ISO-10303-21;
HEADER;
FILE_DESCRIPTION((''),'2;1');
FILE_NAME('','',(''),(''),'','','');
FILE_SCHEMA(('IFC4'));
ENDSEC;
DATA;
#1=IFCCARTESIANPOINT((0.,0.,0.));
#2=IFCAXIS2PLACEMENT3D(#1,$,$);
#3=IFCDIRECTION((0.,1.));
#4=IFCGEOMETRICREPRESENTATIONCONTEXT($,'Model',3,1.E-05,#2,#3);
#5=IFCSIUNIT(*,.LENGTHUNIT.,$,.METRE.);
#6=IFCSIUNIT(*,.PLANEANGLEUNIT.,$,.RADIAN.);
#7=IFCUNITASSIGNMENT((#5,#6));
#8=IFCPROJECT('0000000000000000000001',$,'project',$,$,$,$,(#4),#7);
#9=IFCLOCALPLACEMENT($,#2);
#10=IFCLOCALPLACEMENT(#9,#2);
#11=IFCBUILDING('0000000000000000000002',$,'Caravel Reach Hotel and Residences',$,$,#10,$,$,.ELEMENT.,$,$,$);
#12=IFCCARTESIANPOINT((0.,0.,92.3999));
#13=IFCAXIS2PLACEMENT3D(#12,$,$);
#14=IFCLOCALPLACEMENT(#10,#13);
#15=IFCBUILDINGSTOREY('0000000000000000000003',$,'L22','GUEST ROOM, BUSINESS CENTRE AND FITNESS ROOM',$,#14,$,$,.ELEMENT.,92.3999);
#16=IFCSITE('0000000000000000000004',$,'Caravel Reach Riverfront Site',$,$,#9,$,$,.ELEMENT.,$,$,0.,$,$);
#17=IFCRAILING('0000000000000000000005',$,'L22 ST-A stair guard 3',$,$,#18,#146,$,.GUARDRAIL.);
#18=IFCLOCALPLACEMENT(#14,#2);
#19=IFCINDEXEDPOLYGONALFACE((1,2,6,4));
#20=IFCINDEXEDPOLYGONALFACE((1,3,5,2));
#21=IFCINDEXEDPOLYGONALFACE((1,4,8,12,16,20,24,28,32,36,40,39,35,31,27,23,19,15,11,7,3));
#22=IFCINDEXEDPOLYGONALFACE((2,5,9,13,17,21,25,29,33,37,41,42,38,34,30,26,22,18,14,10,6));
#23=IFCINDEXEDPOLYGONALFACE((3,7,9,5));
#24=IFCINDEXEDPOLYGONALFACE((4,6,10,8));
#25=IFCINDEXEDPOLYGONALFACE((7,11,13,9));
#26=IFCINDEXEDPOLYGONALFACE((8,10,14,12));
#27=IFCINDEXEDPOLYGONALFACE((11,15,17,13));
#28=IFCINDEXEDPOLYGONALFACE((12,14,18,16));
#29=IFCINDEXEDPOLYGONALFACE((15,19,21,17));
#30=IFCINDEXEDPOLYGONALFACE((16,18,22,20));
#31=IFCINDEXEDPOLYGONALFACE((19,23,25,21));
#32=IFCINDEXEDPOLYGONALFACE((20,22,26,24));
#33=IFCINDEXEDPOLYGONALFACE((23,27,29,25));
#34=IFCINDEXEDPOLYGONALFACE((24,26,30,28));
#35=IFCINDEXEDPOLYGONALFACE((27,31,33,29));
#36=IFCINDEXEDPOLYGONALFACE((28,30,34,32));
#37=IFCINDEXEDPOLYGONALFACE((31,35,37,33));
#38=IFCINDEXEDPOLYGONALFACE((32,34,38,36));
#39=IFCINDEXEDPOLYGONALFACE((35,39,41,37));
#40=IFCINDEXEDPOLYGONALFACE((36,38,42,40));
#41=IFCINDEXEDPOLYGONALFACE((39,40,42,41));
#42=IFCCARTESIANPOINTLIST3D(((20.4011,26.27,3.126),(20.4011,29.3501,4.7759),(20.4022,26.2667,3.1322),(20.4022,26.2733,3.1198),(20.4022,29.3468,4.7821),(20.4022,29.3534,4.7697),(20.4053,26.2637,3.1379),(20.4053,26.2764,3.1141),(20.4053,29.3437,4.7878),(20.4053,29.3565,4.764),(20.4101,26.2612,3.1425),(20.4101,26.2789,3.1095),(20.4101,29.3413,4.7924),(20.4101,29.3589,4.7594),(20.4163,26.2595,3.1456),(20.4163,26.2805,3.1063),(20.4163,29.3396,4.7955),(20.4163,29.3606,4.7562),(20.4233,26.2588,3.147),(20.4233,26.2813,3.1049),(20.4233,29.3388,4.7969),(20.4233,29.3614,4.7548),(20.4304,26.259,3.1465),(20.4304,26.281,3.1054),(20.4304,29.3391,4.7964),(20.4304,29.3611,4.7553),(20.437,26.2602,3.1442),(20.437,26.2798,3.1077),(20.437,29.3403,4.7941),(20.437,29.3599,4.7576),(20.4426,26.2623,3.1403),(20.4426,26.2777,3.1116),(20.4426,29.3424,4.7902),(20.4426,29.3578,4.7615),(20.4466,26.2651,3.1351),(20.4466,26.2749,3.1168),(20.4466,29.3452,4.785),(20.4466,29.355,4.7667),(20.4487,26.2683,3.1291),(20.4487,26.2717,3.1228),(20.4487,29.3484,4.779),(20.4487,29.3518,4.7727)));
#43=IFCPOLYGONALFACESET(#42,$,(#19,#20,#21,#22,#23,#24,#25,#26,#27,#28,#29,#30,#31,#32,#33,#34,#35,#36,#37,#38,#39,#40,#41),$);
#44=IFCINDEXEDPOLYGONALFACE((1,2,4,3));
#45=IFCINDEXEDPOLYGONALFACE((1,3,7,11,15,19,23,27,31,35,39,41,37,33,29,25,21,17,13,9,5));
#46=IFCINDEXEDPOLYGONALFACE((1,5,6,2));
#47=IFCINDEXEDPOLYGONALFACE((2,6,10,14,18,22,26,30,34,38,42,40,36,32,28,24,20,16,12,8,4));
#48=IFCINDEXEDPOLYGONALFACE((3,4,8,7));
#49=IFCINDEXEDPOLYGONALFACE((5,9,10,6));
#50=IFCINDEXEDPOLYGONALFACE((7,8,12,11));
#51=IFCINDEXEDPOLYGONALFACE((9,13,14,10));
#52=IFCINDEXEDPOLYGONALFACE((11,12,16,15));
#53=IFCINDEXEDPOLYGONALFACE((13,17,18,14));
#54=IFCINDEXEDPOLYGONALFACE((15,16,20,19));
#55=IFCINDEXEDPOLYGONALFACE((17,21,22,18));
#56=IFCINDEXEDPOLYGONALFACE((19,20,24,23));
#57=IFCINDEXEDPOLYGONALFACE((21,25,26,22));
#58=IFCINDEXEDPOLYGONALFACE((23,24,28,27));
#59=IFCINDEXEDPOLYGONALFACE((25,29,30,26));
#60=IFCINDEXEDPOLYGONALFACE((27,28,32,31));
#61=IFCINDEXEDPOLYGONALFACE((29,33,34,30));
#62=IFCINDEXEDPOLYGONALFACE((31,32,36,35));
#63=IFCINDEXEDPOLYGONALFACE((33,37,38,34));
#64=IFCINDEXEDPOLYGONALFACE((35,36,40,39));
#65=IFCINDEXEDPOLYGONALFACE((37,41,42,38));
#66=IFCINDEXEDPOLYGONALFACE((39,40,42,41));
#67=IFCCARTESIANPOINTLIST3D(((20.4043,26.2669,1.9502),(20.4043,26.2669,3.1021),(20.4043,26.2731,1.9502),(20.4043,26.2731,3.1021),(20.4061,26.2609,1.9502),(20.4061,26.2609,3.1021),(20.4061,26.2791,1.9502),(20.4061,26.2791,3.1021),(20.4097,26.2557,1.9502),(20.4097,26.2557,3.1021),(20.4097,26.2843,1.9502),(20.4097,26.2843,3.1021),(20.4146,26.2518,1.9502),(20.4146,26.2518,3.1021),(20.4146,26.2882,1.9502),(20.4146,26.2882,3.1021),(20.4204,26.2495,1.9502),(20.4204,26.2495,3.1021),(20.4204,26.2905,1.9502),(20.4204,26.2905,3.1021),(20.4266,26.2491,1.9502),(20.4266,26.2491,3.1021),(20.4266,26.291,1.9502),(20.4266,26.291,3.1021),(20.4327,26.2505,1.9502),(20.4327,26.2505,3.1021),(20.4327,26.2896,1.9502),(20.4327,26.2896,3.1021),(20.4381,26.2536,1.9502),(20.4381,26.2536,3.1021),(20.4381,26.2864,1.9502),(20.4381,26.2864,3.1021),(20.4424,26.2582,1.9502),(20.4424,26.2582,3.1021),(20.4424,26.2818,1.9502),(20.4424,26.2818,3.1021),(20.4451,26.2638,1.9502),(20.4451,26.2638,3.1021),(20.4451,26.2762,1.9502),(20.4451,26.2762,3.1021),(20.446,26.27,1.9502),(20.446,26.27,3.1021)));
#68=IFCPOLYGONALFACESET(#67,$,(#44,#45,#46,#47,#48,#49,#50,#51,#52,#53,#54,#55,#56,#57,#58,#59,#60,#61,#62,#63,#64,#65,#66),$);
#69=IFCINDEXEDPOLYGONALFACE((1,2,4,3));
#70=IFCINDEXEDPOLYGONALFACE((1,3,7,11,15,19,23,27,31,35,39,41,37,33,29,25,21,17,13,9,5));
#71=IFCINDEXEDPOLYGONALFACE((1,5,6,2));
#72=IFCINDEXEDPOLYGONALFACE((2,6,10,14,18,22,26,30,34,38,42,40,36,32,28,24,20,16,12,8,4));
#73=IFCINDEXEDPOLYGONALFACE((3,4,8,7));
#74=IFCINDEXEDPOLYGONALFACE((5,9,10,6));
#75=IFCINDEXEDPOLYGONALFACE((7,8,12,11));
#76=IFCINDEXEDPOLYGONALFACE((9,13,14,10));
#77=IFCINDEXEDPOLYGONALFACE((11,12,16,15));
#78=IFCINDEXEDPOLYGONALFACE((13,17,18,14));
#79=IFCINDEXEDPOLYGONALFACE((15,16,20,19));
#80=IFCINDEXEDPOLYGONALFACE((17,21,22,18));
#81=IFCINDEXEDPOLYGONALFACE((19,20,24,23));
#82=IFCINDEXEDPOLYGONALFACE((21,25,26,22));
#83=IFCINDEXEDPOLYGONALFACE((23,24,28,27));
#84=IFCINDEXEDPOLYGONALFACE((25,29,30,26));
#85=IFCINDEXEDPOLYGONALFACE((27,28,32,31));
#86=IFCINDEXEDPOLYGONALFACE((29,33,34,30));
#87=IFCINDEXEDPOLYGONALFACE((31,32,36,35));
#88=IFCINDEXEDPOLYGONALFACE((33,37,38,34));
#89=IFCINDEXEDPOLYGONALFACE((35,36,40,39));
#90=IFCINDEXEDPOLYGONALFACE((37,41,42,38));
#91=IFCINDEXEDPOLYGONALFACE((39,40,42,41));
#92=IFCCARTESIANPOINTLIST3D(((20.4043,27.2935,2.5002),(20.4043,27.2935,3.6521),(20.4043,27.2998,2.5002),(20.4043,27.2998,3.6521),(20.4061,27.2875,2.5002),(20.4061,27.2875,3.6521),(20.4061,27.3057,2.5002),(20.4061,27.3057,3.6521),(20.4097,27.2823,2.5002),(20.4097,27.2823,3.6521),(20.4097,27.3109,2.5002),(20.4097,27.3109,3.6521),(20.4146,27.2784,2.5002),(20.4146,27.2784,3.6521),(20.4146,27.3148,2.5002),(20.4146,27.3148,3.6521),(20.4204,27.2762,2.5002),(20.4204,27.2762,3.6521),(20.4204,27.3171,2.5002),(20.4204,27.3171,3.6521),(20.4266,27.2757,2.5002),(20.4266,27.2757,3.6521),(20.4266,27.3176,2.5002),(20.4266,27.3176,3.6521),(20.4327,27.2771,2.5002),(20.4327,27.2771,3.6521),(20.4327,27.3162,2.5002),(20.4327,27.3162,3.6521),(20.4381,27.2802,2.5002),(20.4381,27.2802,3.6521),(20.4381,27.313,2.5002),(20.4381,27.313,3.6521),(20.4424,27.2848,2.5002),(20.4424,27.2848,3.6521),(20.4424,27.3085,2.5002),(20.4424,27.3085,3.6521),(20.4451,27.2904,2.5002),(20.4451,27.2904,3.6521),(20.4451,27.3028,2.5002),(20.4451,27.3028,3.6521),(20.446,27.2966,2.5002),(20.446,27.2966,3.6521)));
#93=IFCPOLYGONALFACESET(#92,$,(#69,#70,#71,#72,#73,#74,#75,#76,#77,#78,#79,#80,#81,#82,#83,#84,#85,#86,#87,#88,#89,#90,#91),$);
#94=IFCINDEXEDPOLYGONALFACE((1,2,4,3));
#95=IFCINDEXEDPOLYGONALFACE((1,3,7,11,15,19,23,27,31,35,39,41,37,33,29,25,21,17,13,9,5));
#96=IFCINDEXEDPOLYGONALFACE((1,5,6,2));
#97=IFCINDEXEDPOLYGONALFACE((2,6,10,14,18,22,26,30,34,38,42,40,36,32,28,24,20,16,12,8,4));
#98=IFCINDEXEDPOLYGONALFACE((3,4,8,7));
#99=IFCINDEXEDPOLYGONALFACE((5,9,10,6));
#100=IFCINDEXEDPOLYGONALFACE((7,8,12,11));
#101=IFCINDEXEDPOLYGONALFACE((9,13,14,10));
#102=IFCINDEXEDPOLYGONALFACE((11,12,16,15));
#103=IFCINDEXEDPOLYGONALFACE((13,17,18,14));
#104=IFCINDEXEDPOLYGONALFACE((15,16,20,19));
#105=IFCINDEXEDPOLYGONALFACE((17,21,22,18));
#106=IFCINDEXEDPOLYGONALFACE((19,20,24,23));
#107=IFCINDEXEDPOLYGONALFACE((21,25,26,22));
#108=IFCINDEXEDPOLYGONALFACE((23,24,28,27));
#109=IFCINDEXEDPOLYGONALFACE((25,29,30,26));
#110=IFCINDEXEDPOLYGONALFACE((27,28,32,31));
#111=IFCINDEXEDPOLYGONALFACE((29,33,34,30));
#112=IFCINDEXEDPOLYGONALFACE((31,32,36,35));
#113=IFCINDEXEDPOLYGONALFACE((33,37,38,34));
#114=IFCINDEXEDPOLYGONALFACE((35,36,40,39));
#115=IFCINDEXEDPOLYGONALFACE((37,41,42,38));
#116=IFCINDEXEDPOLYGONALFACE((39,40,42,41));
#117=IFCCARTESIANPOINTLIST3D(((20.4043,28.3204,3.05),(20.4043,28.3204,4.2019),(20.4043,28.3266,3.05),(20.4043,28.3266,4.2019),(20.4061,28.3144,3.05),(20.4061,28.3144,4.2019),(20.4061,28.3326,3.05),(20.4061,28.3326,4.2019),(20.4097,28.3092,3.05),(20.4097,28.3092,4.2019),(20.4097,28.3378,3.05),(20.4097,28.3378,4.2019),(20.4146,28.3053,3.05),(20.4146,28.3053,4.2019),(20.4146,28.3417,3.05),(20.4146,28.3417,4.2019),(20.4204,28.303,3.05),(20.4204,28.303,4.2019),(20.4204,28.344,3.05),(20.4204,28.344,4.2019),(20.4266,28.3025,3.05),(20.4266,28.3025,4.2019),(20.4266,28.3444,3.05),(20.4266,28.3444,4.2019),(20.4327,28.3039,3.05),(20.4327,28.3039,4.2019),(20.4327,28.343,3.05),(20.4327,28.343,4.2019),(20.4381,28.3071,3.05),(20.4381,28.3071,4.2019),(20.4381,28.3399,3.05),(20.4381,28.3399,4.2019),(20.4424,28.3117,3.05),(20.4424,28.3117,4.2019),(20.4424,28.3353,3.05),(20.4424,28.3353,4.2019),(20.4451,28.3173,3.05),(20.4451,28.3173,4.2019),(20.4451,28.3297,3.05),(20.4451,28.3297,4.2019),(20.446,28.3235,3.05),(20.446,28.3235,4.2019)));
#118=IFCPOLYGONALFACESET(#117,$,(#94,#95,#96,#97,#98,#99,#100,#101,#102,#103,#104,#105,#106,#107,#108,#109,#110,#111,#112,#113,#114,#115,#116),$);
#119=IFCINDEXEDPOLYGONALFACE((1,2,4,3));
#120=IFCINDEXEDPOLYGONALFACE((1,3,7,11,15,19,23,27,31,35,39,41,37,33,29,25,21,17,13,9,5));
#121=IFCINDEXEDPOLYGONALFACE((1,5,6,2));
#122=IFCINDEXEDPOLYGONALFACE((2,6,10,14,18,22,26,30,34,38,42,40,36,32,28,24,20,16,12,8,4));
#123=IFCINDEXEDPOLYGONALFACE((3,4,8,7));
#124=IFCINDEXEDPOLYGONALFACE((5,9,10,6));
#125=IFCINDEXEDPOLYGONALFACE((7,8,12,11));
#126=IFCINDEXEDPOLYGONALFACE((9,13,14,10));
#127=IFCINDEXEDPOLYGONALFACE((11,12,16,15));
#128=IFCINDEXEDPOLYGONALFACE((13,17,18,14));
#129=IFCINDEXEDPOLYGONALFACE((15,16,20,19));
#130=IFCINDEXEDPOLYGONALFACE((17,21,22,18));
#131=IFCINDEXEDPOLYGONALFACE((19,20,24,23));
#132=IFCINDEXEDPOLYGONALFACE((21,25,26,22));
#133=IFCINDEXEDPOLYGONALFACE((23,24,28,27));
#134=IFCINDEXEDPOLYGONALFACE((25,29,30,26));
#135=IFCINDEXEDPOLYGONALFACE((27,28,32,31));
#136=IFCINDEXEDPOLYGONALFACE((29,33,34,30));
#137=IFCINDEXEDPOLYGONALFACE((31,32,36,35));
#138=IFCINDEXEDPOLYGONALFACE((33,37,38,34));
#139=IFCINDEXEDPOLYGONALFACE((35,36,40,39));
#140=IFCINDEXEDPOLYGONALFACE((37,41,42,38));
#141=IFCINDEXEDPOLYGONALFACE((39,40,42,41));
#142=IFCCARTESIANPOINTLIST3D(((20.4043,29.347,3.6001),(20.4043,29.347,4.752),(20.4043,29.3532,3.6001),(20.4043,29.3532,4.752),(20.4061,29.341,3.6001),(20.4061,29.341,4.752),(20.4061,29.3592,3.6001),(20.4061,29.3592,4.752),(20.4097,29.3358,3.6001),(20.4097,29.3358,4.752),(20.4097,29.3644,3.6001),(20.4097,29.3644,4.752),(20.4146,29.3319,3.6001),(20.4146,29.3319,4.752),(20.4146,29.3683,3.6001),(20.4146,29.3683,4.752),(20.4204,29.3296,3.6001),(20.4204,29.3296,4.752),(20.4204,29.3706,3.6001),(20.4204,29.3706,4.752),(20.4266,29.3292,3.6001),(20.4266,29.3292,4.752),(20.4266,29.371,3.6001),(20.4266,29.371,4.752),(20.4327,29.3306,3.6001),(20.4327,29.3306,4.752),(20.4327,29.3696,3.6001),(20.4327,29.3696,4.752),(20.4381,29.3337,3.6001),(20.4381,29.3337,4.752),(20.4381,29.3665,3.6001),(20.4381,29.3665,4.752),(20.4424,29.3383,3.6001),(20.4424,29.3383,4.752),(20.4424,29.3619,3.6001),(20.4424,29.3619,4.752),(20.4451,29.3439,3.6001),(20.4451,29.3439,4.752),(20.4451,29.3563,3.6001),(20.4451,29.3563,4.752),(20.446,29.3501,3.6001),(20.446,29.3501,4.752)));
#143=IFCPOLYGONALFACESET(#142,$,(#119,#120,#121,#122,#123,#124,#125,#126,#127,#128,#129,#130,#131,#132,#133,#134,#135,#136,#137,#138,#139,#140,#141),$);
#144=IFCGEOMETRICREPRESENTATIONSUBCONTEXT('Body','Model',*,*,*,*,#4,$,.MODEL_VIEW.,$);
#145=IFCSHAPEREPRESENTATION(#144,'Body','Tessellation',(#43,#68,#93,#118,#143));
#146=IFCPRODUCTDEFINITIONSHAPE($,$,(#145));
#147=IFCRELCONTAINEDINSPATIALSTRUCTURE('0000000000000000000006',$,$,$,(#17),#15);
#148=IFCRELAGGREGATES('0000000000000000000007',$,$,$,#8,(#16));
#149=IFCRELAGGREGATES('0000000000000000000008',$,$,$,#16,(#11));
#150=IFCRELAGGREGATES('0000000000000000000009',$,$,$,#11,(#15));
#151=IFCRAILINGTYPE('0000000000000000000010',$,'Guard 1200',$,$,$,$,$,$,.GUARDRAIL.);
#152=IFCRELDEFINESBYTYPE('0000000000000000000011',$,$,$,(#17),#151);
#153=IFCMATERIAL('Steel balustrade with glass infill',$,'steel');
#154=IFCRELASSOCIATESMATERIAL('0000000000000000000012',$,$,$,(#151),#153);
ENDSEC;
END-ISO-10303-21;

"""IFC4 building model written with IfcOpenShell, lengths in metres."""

from ifc_helpers import new_model, si_unit, direction, frame, origin, origin_2d, place, context, subcontext, project, spatial, circle, extrude, material, type_object, element, save


model = new_model("IFC4")

# Units and contexts
model_context = context("Model", 3, precision=1e-05, world=origin(), true_north=direction((0.0, 1.0)))
body_context = subcontext(model_context, "Body", "Model", "MODEL_VIEW")
ifc_project = project(units=[si_unit("LENGTHUNIT", "METRE"), si_unit("PLANEANGLEUNIT", "RADIAN")], contexts=[model_context])

# Site, building, storey
site_placement = place(None, origin())
site = spatial("IfcSite", under=ifc_project, at=site_placement, Name="Caravel Reach Riverfront Site", CompositionType="ELEMENT", RefElevation=0.0)
building_placement = place(site_placement, origin())
building = spatial("IfcBuilding", under=site, at=building_placement, Name="Caravel Reach Hotel and Residences", CompositionType="ELEMENT")
storey_placement = place(building_placement, frame((0.0, 0.0, 92.3999)))
storey = spatial("IfcBuildingStorey", under=building, at=storey_placement, Name="L22", Description="GUEST ROOM, BUSINESS CENTRE AND FITNESS ROOM", CompositionType="ELEMENT", Elevation=92.3999)

# Railing
ifc_material_1 = material(Name="Steel balustrade with glass infill", Category="steel")
railing_type_1 = type_object("IfcRailingType", Name="Guard 1200", PredefinedType="GUARDRAIL", material=ifc_material_1)
railing_1_placement = place(storey_placement, frame((20.425, 26.27, 1.9502)))
element("IfcRailing", 1, at=railing_1_placement, inside=storey, type_object=railing_type_1, Name="L22 ST-A stair guard 3", PredefinedType="GUARDRAIL", context=body_context, shape_type="SweptSolid", body=[
    extrude(circle(Radius=0.0239, at=origin_2d()), frame((0.0, 0.0, 1.1758), z_axis=(0.0, 0.881497, 0.47219), x_axis=(-1.0, 0.0, 0.0)), (0.0, 0.0, 1.0), 3.4941),
    extrude(circle(Radius=0.021, at=origin_2d()), origin(), (0.0, 0.0, 1.0), 1.1519),
    extrude(circle(Radius=0.021, at=origin_2d()), frame((0.0, 1.0266, 0.55)), (0.0, 0.0, 1.0), 1.1519),
    extrude(circle(Radius=0.021, at=origin_2d()), frame((0.0, 2.0535, 1.0999)), (0.0, 0.0, 1.0), 1.1519),
    extrude(circle(Radius=0.021, at=origin_2d()), frame((0.0, 3.0801, 1.6499)), (0.0, 0.0, 1.0), 1.1519),
])

save(model, "model.ifc")
